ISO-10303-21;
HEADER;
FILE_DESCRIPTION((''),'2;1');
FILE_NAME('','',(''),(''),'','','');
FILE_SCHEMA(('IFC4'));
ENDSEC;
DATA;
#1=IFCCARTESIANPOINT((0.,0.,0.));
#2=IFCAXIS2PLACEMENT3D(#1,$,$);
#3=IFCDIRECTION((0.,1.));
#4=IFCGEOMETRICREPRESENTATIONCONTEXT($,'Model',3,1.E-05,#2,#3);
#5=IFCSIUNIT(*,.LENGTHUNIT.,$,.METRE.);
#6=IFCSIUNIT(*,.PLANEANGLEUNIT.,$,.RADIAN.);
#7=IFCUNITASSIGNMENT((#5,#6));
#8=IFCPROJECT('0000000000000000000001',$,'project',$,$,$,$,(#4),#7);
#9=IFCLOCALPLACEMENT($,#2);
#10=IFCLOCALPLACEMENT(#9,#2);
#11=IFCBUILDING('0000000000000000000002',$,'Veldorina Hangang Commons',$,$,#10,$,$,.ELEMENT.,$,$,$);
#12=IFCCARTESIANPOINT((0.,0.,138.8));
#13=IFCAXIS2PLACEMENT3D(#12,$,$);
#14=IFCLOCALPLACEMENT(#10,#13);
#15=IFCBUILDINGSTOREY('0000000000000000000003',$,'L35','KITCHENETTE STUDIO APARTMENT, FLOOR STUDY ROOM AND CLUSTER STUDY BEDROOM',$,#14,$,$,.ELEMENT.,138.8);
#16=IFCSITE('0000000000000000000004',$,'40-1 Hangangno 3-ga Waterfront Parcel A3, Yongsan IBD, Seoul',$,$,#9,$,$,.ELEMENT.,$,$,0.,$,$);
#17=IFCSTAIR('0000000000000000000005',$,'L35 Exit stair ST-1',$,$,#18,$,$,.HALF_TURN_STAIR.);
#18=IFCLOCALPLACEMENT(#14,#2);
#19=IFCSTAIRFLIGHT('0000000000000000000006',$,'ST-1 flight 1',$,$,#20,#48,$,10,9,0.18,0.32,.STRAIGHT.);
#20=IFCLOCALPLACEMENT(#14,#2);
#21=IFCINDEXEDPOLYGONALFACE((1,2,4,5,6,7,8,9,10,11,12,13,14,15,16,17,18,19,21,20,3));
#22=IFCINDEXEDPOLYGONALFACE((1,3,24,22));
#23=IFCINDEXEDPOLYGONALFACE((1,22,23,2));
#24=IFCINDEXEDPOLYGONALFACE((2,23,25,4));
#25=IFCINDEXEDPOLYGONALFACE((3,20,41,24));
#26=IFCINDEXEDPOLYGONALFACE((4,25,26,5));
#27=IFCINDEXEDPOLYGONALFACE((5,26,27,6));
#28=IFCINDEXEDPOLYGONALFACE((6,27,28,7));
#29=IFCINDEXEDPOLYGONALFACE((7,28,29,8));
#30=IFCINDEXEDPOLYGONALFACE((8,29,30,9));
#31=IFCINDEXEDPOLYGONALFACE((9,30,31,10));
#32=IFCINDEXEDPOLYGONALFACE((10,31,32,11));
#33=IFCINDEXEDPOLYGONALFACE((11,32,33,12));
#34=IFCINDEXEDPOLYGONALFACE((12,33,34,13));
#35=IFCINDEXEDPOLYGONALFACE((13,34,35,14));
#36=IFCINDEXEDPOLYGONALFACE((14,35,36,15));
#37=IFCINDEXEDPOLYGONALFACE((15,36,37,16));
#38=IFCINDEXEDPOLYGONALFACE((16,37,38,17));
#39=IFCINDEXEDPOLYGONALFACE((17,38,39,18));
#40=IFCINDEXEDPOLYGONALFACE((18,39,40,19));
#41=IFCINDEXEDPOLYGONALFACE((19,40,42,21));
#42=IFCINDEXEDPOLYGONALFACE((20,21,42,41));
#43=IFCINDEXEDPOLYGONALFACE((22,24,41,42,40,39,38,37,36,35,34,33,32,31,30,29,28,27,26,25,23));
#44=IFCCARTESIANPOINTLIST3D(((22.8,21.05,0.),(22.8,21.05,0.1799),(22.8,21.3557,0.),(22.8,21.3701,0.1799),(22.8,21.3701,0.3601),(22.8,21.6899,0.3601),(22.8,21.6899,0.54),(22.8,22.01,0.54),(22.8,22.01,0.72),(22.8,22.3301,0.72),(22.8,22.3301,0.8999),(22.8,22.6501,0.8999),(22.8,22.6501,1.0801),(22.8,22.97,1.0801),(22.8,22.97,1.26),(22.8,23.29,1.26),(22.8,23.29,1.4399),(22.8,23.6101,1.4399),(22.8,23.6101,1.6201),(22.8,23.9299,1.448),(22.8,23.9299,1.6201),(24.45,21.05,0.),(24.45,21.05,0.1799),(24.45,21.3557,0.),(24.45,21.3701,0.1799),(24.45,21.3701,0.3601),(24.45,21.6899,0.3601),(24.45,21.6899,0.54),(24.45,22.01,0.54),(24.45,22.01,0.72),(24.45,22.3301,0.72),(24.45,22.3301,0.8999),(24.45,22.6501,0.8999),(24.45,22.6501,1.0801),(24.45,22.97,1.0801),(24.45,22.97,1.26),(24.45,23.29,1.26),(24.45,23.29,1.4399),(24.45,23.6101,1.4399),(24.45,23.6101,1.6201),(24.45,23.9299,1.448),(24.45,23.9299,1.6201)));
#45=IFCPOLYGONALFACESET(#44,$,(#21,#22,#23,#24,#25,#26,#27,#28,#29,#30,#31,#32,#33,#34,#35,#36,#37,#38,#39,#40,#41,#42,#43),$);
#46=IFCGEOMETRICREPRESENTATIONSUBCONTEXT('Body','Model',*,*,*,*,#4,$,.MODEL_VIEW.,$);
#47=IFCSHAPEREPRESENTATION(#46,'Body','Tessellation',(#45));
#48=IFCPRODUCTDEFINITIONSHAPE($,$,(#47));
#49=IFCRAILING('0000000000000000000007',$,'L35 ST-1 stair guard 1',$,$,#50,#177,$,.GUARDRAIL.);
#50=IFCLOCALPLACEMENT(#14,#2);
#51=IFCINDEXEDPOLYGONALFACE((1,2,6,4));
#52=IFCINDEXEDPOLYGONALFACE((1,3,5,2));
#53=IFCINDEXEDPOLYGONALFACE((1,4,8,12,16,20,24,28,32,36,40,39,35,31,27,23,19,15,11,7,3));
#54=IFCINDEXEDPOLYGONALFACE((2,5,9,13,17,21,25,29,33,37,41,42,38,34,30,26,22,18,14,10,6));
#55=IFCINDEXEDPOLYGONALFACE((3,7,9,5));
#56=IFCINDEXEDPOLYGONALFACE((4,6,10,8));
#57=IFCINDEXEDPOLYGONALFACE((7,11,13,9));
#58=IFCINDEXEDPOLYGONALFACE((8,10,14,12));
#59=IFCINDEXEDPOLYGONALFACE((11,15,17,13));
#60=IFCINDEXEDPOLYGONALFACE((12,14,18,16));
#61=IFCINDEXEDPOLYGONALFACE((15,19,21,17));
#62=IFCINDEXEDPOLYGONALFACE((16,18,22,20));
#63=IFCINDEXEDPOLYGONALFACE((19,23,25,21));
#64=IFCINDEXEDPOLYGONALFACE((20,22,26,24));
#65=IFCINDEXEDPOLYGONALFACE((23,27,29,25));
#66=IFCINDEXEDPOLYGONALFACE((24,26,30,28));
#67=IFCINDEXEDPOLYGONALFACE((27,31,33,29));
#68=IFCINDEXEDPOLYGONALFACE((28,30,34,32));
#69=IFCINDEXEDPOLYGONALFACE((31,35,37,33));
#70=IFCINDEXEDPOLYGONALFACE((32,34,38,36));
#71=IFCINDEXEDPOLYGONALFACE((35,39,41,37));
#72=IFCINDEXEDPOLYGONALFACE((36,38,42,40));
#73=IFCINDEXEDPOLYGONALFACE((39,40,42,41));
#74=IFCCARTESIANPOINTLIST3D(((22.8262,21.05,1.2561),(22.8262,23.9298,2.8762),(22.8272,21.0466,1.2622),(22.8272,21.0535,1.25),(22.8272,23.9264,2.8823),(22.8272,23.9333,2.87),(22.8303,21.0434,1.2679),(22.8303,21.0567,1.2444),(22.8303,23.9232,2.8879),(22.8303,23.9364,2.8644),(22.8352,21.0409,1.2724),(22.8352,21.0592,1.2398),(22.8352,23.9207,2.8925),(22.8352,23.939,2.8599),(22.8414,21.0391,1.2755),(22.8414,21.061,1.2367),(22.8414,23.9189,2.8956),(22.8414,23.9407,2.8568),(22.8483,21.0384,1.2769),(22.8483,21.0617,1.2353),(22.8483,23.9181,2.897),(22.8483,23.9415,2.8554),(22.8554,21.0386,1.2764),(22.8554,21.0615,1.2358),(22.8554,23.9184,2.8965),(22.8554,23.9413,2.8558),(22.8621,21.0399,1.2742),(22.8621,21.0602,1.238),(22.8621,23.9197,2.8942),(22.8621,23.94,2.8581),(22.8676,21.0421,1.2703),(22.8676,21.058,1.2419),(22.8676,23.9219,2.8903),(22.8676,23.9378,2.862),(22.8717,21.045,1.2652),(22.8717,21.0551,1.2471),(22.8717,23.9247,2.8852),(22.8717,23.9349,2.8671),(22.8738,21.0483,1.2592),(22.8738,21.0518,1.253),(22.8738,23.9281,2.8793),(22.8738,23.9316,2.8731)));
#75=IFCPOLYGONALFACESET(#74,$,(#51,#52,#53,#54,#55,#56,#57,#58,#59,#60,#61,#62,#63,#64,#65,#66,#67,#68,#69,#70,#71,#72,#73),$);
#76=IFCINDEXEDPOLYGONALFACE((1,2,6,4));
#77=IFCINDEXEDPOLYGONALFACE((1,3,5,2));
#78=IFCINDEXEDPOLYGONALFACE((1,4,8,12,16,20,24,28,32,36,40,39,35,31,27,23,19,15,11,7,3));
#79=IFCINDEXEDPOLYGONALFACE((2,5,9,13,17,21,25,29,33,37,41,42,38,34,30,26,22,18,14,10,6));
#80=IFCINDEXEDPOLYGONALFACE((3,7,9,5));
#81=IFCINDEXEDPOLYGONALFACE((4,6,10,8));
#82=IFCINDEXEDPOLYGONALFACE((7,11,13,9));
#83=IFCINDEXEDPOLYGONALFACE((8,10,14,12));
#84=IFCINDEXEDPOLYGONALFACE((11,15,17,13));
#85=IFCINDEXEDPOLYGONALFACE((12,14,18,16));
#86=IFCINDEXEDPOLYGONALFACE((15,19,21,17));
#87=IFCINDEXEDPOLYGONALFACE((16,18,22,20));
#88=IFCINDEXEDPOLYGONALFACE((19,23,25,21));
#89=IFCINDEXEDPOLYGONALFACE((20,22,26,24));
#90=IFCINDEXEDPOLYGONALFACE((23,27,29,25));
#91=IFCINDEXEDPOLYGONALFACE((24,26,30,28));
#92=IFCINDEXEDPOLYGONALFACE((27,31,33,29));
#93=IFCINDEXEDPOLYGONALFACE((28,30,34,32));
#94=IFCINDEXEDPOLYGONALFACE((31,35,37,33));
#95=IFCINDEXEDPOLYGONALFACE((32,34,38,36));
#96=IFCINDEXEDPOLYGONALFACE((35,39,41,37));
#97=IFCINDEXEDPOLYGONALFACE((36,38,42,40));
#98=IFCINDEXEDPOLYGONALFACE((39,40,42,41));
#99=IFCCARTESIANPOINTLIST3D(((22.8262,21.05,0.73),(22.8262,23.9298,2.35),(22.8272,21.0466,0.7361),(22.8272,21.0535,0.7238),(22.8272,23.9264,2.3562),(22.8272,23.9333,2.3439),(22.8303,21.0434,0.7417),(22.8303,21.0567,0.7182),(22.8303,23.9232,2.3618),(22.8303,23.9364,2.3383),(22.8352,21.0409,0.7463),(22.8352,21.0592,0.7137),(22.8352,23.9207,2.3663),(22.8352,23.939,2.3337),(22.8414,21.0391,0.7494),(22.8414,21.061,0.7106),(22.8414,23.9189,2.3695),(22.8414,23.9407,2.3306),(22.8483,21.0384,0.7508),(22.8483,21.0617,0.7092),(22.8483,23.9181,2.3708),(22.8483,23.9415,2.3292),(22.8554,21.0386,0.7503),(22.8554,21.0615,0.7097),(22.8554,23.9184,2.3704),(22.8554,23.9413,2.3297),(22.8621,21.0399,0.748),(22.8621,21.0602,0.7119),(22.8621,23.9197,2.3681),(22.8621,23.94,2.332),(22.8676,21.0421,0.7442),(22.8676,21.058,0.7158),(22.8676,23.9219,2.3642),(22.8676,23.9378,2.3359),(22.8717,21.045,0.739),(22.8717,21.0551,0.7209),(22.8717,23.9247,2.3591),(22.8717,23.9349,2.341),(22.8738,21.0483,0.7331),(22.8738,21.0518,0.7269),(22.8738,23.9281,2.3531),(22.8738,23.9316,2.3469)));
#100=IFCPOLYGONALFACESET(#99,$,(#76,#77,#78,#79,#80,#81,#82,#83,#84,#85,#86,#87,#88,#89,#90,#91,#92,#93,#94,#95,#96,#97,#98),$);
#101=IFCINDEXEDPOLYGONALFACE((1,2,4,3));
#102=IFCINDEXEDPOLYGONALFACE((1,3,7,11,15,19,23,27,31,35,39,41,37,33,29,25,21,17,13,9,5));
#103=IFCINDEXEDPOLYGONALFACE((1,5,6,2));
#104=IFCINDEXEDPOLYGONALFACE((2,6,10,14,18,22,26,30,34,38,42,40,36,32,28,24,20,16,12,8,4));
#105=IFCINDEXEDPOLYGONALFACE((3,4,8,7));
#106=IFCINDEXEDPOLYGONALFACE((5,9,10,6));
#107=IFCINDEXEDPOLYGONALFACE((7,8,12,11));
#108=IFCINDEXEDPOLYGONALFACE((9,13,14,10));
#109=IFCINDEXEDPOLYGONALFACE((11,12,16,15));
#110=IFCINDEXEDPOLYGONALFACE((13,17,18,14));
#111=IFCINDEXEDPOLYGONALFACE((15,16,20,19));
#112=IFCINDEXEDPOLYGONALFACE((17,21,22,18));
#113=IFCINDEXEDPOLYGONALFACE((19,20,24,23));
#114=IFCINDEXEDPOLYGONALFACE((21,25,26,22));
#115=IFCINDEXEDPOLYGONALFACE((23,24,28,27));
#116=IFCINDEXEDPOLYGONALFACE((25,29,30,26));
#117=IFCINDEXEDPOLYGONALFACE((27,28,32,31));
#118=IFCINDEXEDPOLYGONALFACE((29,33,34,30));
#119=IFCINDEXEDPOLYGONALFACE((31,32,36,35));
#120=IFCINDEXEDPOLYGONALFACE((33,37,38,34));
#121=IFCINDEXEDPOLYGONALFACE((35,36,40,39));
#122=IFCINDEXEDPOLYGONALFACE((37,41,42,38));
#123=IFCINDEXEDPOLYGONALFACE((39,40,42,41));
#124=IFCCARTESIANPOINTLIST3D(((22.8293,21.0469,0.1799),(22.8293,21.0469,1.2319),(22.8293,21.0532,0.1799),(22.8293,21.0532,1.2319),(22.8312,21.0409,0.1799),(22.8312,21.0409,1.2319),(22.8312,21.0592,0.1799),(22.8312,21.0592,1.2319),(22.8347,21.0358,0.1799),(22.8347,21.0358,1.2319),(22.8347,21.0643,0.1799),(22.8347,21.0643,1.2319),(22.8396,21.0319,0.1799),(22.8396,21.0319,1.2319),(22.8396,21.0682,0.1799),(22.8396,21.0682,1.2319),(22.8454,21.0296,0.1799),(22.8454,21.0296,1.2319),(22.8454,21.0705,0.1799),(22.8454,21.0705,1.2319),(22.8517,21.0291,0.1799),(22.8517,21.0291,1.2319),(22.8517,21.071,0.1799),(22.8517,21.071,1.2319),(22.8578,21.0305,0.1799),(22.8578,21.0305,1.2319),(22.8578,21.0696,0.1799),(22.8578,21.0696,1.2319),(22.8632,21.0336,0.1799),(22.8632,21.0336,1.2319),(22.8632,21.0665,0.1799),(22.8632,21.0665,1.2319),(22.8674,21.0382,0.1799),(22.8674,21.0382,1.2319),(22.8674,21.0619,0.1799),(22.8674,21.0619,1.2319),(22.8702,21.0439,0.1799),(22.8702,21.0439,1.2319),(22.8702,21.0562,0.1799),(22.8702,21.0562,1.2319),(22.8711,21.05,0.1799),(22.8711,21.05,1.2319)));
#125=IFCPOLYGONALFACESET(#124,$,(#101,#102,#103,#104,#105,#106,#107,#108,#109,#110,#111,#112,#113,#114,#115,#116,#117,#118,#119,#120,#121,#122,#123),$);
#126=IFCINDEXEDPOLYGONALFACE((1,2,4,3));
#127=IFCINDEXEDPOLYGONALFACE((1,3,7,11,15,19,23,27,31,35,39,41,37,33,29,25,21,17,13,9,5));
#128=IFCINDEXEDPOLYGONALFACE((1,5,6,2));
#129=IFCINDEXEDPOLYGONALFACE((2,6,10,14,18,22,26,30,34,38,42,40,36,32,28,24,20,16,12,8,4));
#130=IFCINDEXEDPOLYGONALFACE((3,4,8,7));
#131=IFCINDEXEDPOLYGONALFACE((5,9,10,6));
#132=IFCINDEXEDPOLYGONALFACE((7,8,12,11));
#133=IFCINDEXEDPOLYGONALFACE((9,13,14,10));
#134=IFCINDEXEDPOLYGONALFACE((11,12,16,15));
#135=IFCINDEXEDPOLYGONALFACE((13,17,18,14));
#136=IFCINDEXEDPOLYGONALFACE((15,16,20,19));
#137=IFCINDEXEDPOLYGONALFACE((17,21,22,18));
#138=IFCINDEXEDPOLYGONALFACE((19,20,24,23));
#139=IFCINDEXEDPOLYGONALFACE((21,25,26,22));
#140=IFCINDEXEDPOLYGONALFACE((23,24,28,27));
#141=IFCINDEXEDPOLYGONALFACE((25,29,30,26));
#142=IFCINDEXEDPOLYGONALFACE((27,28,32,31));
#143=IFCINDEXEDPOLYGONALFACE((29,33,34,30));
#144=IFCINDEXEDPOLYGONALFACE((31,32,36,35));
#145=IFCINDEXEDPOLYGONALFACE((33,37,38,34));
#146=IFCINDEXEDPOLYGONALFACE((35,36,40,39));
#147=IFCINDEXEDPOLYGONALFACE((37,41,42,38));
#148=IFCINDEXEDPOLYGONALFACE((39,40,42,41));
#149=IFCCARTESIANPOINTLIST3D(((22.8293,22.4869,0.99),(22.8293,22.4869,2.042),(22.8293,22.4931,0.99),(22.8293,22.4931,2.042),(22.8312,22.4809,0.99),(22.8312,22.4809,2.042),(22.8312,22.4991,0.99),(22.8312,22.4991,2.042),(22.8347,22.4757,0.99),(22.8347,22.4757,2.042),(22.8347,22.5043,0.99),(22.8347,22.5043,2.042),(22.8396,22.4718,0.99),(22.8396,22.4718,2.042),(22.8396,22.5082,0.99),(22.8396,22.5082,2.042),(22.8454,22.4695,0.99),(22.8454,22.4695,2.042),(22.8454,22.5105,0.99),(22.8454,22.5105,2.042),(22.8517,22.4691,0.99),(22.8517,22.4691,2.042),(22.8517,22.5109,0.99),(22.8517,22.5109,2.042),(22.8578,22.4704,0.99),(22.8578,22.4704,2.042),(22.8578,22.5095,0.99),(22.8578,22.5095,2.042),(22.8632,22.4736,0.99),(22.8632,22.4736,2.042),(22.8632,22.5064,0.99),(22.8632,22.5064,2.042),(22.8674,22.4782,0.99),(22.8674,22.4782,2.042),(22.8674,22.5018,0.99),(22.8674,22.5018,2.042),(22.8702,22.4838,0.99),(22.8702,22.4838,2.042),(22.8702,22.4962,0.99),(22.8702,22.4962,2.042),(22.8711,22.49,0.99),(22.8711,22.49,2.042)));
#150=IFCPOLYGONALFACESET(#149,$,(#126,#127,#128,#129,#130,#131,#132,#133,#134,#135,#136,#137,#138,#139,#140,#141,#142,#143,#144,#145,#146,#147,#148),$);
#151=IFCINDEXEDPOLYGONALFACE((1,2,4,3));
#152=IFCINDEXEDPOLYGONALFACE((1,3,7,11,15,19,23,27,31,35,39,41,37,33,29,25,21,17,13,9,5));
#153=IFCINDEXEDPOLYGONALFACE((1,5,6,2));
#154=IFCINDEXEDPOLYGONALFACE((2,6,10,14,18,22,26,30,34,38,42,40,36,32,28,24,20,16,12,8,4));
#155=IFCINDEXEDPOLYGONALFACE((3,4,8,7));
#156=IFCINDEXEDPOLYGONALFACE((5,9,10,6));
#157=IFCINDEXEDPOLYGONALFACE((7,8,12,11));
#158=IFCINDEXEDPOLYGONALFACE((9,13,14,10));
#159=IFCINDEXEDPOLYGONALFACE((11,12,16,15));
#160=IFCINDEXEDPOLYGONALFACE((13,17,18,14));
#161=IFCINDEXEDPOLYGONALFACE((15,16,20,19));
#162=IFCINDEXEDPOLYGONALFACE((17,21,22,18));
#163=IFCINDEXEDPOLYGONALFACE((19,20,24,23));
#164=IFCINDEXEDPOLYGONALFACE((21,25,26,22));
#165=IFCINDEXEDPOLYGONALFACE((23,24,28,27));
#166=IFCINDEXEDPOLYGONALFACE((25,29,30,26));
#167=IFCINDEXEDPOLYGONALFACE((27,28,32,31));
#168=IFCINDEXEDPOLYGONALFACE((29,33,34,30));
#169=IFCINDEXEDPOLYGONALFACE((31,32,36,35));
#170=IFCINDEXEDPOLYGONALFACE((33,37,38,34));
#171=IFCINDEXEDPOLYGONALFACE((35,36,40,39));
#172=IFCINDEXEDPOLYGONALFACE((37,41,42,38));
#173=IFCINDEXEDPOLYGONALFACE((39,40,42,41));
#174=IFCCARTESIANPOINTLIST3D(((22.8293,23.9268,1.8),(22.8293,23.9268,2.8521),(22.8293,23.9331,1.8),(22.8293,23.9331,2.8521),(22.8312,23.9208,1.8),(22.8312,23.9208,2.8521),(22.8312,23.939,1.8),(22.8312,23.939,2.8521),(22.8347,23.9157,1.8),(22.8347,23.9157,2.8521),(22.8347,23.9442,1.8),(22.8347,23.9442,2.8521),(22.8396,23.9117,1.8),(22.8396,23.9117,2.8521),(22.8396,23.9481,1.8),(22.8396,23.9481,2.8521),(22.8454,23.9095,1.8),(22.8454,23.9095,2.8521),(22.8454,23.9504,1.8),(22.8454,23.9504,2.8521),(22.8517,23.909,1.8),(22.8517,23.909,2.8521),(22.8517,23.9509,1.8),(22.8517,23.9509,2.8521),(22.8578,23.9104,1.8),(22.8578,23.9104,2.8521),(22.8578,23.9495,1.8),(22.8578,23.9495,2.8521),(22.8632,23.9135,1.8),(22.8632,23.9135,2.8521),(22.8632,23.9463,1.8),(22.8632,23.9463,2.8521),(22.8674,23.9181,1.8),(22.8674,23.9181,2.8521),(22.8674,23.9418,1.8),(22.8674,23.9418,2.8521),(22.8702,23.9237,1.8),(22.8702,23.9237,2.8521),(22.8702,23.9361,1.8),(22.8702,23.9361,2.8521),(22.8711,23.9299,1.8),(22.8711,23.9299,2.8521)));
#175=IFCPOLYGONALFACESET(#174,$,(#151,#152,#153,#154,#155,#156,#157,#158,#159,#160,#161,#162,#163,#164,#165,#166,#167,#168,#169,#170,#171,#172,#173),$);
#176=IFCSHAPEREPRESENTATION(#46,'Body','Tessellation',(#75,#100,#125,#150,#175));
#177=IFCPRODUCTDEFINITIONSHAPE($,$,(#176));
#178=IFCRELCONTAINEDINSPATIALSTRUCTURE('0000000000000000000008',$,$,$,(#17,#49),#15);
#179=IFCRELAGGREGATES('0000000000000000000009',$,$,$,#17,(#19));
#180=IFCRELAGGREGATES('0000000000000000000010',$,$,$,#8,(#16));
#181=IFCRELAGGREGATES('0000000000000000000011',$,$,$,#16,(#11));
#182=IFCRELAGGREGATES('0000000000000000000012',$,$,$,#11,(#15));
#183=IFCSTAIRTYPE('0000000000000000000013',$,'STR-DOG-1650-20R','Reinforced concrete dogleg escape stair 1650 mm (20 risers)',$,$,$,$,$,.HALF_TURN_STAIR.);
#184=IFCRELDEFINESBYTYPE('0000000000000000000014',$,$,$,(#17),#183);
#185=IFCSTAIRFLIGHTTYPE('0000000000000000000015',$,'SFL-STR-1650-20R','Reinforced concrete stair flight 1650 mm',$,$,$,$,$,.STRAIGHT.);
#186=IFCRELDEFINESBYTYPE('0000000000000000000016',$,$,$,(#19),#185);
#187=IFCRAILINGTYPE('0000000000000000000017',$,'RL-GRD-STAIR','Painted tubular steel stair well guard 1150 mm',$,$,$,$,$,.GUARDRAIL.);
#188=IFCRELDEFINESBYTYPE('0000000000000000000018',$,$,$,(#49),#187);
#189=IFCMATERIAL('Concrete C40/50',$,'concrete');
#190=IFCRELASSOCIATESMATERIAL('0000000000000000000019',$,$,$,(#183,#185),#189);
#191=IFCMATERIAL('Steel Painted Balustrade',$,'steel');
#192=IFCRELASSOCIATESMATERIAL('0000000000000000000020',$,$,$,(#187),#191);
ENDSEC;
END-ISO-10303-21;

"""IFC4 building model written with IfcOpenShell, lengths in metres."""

from ifc_helpers import new_model, si_unit, direction, frame, origin, origin_2d, place, context, subcontext, project, spatial, polyline, circle, outline, extrude, material, type_object, element, aggregate, save


model = new_model("IFC4")

# Units and contexts
model_context = context("Model", 3, precision=1e-05, world=origin(), true_north=direction((0.0, 1.0)))
body_context = subcontext(model_context, "Body", "Model", "MODEL_VIEW")
ifc_project = project(units=[si_unit("LENGTHUNIT", "METRE"), si_unit("PLANEANGLEUNIT", "RADIAN")], contexts=[model_context])

# Site, building, storey
site_placement = place(None, origin())
site = spatial("IfcSite", under=ifc_project, at=site_placement, Name="40-1 Hangangno 3-ga Waterfront Parcel A3, Yongsan IBD, Seoul", CompositionType="ELEMENT", RefElevation=0.0)
building_placement = place(site_placement, origin())
building = spatial("IfcBuilding", under=site, at=building_placement, Name="Veldorina Hangang Commons", CompositionType="ELEMENT")
storey_placement = place(building_placement, frame((0.0, 0.0, 138.8)))
storey = spatial("IfcBuildingStorey", under=building, at=storey_placement, Name="L35", Description="KITCHENETTE STUDIO APARTMENT, FLOOR STUDY ROOM AND CLUSTER STUDY BEDROOM", CompositionType="ELEMENT", Elevation=138.8)

# Stair, stair flight
ifc_material_1 = material(Name="Concrete C40/50", Category="concrete")
stair_type = type_object("IfcStairType", Name="STR-DOG-1650-20R", Description="Reinforced concrete dogleg escape stair 1650 mm (20 risers)", PredefinedType="HALF_TURN_STAIR", material=ifc_material_1)
stair_placement = place(storey_placement, origin())
stair = element("IfcStair", 1, at=stair_placement, inside=storey, type_object=stair_type, Name="L35 Exit stair ST-1", PredefinedType="HALF_TURN_STAIR")
stair_flight_type = type_object("IfcStairFlightType", Name="SFL-STR-1650-20R", Description="Reinforced concrete stair flight 1650 mm", PredefinedType="STRAIGHT", material=ifc_material_1)
stair_flight_placement = place(storey_placement, frame((23.625, 21.05, 0.0), z_axis=(0.0, 0.0, 1.0), x_axis=(0.0, 1.0, 0.0)))
stair_flight = element("IfcStairFlight", 2, at=stair_flight_placement, type_object=stair_flight_type, Name="ST-1 flight 1", NumberOfRisers=10, NumberOfTreads=9, PredefinedType="STRAIGHT", RiserHeight=0.18, TreadLength=0.32, context=body_context, shape_type="SweptSolid", body=[
    extrude(outline(polyline([(0.0, 0.0), (0.0, 0.1799), (0.3201, 0.1799), (0.3201, 0.3601), (0.6399, 0.3601), (0.6399, 0.54), (0.96, 0.54), (0.96, 0.72), (1.28, 0.72), (1.28, 0.8999), (1.6001, 0.8999), (1.6001, 1.0801), (1.9199, 1.0801), (1.9199, 1.26), (2.24, 1.26), (2.24, 1.4399), (2.5601, 1.4399), (2.5601, 1.6201), (2.8799, 1.6201), (2.8799, 1.8), (2.8799, 1.448), (0.3057, 0.0), (0.0, 0.0)])), frame((0.0, 0.825, 0.0), z_axis=(0.0, -1.0, 0.0), x_axis=(1.0, 0.0, 0.0)), (0.0, 0.0, 1.0), 1.6499),
])
aggregate(stair, [stair_flight])

# Railing
ifc_material_2 = material(Name="Steel Painted Balustrade", Category="steel")
railing_type_1 = type_object("IfcRailingType", Name="RL-GRD-STAIR", Description="Painted tubular steel stair well guard 1150 mm", PredefinedType="GUARDRAIL", material=ifc_material_2)
railing_1_placement = place(storey_placement, frame((22.8501, 21.05, 0.1799)))
element("IfcRailing", 3, at=railing_1_placement, inside=storey, type_object=railing_type_1, Name="L35 ST-1 stair guard 1", PredefinedType="GUARDRAIL", context=body_context, shape_type="SweptSolid", body=[
    extrude(circle(Radius=0.0239, at=origin_2d()), frame((0.0, 0.0, 1.0762), z_axis=(0.0, 0.871552, 0.490303), x_axis=(-1.0, 0.0, 0.0)), (0.0, 0.0, 1.0), 3.3042),
    extrude(circle(Radius=0.0239, at=origin_2d()), frame((0.0, 0.0, 0.55), z_axis=(0.0, 0.871552, 0.490303), x_axis=(-1.0, 0.0, 0.0)), (0.0, 0.0, 1.0), 3.3042),
    extrude(circle(Radius=0.021, at=origin_2d()), origin(), (0.0, 0.0, 1.0), 1.052),
    extrude(circle(Radius=0.021, at=origin_2d()), frame((0.0, 1.4399, 0.8101)), (0.0, 0.0, 1.0), 1.052),
    extrude(circle(Radius=0.021, at=origin_2d()), frame((0.0, 2.8799, 1.6201)), (0.0, 0.0, 1.0), 1.052),
])

save(model, "model.ifc")
